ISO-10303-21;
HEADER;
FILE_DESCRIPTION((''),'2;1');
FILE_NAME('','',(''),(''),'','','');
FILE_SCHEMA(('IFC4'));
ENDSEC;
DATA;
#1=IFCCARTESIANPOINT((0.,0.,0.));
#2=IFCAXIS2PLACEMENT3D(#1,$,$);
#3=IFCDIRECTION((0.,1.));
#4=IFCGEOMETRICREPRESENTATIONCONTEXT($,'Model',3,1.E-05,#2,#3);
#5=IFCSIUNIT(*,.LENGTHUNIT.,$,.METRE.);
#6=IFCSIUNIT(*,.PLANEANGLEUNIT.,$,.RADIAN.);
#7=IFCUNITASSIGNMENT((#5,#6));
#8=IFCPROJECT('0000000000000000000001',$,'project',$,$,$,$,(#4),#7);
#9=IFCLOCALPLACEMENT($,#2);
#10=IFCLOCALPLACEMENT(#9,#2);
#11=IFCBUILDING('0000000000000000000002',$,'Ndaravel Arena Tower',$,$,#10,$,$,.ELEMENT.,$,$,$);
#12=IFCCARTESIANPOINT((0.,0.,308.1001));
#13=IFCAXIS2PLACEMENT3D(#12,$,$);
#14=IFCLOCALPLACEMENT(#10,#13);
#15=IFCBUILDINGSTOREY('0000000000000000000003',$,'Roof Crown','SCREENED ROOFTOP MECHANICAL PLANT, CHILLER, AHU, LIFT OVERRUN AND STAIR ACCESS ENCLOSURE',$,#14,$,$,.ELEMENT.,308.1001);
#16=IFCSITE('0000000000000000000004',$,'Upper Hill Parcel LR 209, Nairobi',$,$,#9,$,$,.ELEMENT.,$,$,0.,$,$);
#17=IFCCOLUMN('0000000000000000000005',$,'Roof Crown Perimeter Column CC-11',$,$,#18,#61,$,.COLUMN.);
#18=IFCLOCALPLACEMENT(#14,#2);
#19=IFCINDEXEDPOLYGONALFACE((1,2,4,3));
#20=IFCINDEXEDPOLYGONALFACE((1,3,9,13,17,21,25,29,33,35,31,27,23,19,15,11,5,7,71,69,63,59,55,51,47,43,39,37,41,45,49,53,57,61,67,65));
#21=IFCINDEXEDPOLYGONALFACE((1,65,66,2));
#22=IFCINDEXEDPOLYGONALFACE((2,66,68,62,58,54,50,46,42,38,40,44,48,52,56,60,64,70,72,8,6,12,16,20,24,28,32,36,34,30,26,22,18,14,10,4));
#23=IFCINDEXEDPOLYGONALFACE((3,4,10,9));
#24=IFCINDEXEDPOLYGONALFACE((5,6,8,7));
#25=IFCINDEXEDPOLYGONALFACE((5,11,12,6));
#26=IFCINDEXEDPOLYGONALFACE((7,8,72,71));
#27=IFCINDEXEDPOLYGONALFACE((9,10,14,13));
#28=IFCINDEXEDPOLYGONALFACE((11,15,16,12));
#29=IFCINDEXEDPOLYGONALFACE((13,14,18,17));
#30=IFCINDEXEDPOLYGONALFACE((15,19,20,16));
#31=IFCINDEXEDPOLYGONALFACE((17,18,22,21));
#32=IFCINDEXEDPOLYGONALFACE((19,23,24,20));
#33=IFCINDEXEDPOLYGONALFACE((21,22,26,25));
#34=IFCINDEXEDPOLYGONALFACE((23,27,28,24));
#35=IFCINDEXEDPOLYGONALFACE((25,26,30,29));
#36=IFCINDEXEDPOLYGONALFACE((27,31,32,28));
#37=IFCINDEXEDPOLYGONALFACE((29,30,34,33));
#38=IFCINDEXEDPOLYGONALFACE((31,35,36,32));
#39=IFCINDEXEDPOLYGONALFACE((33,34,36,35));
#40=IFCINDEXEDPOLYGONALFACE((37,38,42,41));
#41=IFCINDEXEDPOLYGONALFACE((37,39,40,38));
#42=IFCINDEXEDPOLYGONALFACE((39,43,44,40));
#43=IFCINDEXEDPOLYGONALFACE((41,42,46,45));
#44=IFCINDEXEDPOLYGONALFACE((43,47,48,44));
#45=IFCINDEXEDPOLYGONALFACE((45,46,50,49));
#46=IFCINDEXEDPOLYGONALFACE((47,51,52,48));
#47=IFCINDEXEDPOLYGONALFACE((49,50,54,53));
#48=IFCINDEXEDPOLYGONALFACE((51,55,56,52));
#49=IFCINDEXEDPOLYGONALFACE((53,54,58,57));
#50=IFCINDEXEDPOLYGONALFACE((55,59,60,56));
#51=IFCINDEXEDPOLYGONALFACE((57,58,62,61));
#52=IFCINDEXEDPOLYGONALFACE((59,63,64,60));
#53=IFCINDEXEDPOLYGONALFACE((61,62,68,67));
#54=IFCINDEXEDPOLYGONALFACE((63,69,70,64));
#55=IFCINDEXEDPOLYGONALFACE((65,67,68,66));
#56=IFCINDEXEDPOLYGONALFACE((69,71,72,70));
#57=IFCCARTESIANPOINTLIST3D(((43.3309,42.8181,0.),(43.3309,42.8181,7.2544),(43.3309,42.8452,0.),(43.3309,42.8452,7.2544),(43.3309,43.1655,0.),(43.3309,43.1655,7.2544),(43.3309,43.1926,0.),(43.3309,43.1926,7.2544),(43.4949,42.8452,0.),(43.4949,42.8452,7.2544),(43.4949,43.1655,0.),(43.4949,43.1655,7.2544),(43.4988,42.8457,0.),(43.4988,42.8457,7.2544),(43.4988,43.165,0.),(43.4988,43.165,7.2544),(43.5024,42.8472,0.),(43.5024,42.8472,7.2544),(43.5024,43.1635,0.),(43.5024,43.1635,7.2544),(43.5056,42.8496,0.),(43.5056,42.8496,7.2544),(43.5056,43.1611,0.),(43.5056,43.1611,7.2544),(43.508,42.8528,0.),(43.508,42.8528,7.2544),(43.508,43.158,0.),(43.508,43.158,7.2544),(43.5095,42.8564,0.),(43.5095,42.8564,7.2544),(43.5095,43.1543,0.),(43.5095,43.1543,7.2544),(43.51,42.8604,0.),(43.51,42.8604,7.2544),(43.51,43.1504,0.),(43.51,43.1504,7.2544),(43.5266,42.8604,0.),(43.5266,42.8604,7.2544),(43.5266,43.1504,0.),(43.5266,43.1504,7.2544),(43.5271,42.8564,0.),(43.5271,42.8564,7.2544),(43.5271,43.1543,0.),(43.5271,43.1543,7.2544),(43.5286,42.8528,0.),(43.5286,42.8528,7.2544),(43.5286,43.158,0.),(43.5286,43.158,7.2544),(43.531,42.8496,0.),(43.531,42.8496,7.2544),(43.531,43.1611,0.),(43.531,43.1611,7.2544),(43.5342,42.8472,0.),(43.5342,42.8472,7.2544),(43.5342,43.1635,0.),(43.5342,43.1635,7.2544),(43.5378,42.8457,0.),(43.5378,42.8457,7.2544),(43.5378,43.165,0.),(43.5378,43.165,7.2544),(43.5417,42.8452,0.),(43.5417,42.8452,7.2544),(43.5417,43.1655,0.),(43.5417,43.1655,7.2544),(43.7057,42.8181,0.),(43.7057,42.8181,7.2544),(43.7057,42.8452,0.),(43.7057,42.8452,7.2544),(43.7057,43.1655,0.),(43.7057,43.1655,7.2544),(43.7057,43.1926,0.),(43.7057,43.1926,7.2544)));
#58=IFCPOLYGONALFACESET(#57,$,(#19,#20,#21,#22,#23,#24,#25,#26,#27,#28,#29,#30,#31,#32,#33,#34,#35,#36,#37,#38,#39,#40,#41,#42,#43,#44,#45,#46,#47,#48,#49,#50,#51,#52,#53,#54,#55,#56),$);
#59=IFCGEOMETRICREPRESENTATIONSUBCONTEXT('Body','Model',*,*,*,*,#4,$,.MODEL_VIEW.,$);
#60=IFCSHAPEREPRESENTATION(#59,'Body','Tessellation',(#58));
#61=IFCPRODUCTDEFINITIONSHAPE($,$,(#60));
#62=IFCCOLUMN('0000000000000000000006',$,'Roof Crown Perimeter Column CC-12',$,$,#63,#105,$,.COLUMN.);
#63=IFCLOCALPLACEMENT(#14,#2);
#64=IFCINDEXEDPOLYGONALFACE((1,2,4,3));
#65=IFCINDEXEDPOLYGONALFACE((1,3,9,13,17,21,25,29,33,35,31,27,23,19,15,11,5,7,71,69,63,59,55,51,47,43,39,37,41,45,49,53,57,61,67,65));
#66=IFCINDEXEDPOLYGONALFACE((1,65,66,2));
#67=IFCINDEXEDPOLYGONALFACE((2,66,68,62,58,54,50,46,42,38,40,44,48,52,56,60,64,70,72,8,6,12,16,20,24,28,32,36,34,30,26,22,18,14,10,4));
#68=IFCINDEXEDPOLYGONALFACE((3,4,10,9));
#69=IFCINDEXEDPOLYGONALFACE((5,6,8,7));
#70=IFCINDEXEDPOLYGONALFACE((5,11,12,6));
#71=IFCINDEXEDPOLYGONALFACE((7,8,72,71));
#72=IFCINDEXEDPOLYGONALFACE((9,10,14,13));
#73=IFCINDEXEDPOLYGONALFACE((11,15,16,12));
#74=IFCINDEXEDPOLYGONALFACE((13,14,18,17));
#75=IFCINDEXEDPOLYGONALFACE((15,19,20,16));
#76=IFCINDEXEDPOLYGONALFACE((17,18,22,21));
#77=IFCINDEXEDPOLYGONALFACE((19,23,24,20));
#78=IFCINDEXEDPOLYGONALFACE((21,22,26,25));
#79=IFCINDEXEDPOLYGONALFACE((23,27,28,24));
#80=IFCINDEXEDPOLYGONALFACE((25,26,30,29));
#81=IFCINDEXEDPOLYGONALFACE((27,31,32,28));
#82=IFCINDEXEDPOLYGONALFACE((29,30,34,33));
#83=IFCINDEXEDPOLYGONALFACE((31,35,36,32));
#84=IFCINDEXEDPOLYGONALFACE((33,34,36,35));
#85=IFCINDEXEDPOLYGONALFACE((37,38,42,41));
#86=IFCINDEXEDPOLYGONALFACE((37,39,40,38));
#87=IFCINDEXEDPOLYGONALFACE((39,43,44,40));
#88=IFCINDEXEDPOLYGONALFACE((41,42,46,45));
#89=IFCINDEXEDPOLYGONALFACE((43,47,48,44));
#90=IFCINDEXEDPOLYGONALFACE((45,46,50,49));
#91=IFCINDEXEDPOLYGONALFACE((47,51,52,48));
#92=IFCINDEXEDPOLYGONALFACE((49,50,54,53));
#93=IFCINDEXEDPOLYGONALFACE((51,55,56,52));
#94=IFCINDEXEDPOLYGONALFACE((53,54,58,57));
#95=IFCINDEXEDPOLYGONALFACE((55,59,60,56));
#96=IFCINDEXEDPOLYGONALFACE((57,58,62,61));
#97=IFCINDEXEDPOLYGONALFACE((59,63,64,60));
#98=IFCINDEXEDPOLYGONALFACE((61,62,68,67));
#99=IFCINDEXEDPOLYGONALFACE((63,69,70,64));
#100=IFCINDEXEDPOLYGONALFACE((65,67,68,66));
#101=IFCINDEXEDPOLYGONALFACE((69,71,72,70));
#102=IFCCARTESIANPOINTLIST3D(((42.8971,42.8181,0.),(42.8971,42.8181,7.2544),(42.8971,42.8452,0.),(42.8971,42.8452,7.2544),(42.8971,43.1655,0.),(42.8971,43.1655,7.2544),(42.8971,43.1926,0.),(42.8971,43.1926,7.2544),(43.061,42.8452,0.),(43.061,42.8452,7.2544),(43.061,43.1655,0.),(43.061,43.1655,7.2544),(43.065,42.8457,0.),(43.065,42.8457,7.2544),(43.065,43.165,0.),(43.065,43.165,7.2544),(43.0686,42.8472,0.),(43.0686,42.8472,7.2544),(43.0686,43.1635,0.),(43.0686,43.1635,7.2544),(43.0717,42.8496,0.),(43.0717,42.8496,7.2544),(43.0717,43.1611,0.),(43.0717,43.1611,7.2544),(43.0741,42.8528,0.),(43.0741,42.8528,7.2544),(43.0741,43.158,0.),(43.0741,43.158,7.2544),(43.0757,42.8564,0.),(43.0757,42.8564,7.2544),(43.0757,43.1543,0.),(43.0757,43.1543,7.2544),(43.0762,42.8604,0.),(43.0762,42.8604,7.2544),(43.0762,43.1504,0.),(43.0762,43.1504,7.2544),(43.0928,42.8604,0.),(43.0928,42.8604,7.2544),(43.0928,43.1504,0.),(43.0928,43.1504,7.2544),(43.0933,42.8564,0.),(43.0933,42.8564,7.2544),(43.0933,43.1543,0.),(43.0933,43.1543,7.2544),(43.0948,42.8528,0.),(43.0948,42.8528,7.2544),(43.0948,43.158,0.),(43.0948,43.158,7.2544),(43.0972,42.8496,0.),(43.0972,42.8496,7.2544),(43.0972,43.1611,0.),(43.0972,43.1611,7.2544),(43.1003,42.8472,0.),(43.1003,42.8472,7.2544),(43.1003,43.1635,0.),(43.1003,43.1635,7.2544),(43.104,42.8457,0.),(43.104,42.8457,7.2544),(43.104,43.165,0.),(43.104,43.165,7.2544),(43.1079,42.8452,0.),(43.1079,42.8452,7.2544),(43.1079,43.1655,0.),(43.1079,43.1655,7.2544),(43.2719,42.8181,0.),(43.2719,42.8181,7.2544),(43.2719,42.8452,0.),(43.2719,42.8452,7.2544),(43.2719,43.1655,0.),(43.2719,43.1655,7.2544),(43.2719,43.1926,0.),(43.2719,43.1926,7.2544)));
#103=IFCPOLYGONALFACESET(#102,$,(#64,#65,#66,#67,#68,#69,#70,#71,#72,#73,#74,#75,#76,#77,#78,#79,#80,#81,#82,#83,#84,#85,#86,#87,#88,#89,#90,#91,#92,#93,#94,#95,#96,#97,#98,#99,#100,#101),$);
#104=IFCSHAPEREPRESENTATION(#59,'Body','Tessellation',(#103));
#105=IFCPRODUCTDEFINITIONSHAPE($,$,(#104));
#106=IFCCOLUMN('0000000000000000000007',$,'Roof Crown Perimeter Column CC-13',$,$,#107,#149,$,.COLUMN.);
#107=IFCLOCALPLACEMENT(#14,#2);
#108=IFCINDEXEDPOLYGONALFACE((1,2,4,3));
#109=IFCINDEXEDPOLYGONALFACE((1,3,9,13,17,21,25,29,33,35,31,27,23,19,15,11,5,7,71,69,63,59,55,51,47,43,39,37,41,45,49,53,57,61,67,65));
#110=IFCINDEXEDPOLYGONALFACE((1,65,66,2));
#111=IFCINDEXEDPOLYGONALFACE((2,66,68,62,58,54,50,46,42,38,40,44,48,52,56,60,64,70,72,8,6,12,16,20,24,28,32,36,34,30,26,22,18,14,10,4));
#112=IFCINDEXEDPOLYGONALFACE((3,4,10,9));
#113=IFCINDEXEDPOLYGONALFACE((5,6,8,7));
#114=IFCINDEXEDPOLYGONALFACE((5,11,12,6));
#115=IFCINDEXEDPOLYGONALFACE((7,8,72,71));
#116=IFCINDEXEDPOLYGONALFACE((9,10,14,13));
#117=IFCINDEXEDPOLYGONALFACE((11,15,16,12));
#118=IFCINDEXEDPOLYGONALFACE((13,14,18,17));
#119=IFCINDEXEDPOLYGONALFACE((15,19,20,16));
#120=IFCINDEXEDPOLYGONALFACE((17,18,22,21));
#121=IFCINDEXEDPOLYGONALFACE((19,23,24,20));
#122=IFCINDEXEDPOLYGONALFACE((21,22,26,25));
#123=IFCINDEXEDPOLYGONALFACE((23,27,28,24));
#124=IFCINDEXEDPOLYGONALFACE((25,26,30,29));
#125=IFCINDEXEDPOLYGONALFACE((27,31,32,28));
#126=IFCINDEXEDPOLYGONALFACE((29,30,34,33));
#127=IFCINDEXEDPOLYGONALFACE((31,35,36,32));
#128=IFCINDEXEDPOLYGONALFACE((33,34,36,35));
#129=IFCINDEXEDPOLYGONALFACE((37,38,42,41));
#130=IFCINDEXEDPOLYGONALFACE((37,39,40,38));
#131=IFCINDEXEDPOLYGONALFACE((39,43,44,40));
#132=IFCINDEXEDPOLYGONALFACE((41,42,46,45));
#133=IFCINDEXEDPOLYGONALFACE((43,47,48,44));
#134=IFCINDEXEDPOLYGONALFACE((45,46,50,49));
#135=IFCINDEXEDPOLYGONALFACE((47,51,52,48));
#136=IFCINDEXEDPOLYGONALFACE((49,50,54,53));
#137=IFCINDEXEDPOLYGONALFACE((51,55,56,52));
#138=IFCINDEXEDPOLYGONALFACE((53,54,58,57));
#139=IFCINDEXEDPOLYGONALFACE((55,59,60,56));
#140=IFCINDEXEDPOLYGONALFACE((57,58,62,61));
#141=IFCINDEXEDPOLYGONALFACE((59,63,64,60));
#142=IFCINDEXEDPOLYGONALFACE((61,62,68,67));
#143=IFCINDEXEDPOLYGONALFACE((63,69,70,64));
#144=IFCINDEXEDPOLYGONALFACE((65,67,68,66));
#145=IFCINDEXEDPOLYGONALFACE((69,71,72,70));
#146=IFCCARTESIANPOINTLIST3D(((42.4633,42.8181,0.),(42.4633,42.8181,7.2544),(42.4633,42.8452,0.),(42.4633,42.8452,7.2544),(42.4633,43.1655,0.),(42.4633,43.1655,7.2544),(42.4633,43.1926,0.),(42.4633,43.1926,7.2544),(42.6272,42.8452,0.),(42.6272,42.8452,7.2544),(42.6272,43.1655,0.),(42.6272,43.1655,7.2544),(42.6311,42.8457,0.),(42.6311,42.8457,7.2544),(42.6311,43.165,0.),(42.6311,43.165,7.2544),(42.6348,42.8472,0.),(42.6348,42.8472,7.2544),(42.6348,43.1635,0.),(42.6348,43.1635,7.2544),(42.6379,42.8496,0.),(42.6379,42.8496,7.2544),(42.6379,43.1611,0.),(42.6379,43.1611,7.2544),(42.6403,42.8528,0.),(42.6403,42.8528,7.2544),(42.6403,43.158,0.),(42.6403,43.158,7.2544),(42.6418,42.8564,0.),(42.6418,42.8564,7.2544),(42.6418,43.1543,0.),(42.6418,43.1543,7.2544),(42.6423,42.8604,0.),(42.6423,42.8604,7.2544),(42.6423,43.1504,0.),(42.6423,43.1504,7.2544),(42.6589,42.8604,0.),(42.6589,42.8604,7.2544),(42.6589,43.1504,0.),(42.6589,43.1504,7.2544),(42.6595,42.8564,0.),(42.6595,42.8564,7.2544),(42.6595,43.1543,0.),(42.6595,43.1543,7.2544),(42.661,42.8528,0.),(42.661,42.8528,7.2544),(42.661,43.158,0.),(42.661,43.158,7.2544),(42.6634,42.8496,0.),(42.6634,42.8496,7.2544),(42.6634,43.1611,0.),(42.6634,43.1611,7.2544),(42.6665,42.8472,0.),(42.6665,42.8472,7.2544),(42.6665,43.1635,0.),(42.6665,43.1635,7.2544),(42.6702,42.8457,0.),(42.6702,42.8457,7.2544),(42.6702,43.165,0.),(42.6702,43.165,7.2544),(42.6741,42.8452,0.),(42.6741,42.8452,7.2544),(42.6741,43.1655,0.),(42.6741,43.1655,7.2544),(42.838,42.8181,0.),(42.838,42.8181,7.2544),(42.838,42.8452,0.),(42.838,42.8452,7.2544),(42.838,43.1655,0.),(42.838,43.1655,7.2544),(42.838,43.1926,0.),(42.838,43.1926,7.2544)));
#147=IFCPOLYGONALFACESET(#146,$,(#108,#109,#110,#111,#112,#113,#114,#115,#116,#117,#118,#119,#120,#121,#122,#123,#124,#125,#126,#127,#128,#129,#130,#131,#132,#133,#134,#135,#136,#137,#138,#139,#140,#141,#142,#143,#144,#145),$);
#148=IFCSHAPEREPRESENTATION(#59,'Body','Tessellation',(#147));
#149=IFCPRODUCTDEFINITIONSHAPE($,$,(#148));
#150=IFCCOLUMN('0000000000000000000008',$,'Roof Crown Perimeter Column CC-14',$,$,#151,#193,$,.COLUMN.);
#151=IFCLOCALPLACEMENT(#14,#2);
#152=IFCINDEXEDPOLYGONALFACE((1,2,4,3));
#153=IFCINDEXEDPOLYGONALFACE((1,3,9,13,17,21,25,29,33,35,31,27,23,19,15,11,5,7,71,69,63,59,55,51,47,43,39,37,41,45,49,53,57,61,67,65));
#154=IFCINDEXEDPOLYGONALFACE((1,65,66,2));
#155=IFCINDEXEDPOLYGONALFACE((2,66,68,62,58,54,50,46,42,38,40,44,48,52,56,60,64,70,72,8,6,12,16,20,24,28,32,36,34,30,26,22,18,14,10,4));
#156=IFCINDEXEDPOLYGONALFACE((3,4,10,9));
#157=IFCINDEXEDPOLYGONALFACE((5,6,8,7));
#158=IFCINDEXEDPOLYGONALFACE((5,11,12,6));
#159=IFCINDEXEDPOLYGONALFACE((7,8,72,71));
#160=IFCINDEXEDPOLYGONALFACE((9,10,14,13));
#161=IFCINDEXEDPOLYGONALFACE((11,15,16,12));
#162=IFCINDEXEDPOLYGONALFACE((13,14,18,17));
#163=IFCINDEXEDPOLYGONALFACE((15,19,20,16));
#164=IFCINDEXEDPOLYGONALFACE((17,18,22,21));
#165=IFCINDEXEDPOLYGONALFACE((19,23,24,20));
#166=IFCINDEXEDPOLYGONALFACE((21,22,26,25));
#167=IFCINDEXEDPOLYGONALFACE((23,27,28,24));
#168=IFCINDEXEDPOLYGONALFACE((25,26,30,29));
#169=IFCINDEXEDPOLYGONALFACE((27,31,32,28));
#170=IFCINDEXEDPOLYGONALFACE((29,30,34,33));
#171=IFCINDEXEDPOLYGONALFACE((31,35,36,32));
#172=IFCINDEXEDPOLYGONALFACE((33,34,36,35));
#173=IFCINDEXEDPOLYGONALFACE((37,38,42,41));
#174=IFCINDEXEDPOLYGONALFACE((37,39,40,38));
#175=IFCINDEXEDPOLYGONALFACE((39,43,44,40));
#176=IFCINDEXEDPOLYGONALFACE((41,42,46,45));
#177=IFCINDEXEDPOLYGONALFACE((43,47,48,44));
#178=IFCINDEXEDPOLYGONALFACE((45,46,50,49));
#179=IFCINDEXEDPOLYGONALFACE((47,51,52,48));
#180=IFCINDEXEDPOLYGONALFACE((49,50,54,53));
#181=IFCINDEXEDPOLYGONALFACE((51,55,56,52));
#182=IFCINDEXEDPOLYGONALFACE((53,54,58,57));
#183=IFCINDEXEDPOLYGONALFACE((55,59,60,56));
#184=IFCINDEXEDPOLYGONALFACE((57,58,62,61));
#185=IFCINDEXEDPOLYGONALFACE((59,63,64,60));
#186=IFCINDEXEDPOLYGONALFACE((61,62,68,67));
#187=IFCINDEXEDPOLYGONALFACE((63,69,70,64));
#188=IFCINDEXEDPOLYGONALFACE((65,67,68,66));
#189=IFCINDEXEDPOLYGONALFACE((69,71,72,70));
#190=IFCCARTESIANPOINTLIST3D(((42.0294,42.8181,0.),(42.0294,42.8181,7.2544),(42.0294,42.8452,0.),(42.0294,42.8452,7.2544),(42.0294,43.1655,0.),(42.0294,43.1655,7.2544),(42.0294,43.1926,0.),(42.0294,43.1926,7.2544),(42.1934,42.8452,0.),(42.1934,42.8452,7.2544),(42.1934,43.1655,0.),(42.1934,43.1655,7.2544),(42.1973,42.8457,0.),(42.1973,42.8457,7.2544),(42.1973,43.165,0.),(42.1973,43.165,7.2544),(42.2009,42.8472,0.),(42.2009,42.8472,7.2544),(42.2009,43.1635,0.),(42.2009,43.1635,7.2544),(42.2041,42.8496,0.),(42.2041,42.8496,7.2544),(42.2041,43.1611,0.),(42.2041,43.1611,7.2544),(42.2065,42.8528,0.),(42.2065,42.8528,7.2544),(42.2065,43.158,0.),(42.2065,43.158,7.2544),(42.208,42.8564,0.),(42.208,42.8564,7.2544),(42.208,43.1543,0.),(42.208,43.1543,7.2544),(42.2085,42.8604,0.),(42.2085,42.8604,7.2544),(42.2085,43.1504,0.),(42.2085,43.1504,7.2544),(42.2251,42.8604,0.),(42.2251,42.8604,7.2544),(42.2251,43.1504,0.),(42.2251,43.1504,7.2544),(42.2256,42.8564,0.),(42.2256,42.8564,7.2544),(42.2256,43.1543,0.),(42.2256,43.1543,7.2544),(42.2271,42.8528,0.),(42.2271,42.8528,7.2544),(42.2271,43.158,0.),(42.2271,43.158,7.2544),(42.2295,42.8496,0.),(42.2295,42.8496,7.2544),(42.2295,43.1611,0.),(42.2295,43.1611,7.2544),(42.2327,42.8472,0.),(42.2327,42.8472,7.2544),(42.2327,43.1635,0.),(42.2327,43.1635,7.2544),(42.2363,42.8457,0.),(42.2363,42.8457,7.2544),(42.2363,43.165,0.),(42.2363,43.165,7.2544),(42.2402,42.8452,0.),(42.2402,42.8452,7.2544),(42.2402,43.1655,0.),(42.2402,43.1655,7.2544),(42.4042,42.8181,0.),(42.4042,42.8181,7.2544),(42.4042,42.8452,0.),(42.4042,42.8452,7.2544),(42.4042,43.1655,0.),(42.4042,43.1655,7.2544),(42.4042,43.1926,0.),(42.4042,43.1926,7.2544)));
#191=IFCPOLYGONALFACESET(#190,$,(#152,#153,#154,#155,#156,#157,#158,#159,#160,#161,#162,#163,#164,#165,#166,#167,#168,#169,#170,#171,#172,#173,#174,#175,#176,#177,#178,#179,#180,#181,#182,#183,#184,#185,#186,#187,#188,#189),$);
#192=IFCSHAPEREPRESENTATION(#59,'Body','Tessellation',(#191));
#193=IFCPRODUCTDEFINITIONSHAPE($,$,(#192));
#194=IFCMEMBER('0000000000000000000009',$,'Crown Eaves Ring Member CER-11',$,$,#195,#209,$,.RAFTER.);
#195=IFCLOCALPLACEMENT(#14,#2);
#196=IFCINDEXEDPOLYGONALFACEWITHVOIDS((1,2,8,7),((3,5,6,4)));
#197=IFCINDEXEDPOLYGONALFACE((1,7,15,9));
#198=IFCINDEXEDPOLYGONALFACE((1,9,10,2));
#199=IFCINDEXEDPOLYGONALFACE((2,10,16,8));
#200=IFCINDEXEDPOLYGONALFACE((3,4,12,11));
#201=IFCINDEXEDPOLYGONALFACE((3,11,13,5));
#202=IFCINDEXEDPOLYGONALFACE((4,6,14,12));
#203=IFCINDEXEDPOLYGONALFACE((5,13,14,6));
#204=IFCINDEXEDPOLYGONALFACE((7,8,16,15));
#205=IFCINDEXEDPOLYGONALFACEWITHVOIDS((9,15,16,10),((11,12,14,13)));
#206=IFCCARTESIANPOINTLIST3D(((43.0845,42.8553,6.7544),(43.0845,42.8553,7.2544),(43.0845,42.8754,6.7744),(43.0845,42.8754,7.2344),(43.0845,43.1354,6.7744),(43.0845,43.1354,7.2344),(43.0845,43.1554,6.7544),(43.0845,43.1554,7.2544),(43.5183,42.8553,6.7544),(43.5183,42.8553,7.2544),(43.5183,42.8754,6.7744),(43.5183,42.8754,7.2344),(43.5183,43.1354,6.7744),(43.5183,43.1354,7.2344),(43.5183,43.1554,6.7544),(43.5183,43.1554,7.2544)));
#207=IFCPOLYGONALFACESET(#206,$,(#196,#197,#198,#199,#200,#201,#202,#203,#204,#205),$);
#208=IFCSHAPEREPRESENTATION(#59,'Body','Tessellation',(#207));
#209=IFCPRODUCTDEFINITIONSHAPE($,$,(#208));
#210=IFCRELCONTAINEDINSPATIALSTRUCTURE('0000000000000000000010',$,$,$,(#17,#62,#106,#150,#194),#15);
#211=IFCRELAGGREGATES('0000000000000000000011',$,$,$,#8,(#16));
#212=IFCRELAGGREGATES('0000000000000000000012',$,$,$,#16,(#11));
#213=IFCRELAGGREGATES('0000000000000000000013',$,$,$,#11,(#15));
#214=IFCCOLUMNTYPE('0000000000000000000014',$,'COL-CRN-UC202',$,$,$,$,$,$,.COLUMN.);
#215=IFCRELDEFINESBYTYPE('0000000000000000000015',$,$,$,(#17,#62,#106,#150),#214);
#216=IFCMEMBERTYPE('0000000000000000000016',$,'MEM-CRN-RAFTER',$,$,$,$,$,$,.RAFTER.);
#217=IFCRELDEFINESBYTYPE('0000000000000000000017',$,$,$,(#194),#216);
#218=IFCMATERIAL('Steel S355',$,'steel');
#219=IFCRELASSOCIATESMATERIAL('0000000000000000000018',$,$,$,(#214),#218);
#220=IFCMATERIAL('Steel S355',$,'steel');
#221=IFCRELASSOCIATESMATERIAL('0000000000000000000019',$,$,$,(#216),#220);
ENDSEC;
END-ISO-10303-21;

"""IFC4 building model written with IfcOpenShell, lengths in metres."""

from ifc_helpers import new_model, si_unit, direction, frame, origin, origin_2d, place, context, subcontext, project, spatial, hollow_rectangle, i_section, extrude, material, material_profile, profile_set, type_object, element, save


model = new_model("IFC4")

# Units and contexts
model_context = context("Model", 3, precision=1e-05, world=origin(), true_north=direction((0.0, 1.0)))
body_context = subcontext(model_context, "Body", "Model", "MODEL_VIEW")
ifc_project = project(units=[si_unit("LENGTHUNIT", "METRE"), si_unit("PLANEANGLEUNIT", "RADIAN")], contexts=[model_context])

# Site, building, storey
site_placement = place(None, origin())
site = spatial("IfcSite", under=ifc_project, at=site_placement, Name="Upper Hill Parcel LR 209, Nairobi", CompositionType="ELEMENT", RefElevation=0.0)
building_placement = place(site_placement, origin())
building = spatial("IfcBuilding", under=site, at=building_placement, Name="Ndaravel Arena Tower", CompositionType="ELEMENT")
storey_placement = place(building_placement, frame((0.0, 0.0, 308.1001)))
storey = spatial("IfcBuildingStorey", under=building, at=storey_placement, Name="Roof Crown", Description="SCREENED ROOFTOP MECHANICAL PLANT, CHILLER, AHU, LIFT OVERRUN AND STAIR ACCESS ENCLOSURE", CompositionType="ELEMENT", Elevation=308.1001)

# Columns
ifc_material_1 = material(Name="Steel S355", Category="steel")
ifc_material_profile_1 = material_profile(ifc_material_1, i_section(OverallWidth=0.3748, OverallDepth=0.3745, WebThickness=0.0166, FlangeThickness=0.0271, FilletRadius=0.0151, at=origin_2d()), Name="UC 356x368x202")
ifc_profile_set_1 = profile_set([ifc_material_profile_1], Name="Steel S355")
column_type = type_object("IfcColumnType", Name="COL-CRN-UC202", PredefinedType="COLUMN", material=ifc_profile_set_1)
for number, where, z_axis, x_axis, name in (
    (1, (43.5183, 43.0054, 0.0), (0.0, 0.0, 1.0), (1.0, 0.0, 0.0), "Roof Crown Perimeter Column CC-11"),
    (2, (43.0845, 43.0054, 0.0), (0.0, 0.0, 1.0), (1.0, 0.0, 0.0), "Roof Crown Perimeter Column CC-12"),
    (3, (42.6506, 43.0054, 0.0), (0.0, 0.0, 1.0), (1.0, 0.0, 0.0), "Roof Crown Perimeter Column CC-13"),
    (4, (42.2168, 43.0054, 0.0), (0.0, 0.0, 1.0), (1.0, 0.0, 0.0), "Roof Crown Perimeter Column CC-14"),
):
    element("IfcColumn", number, at=place(storey_placement, frame(where, z_axis=z_axis, x_axis=x_axis)), inside=storey, type_object=column_type, Name=name, PredefinedType="COLUMN", context=body_context, shape_type="SweptSolid", body=[
        extrude(i_section(OverallWidth=0.3748, OverallDepth=0.3745, WebThickness=0.0166, FlangeThickness=0.0271, FilletRadius=0.0151, at=origin_2d()), origin(), (0.0, 0.0, 1.0), 7.2544),
    ])

# Member
ifc_material_2 = material(Name="Steel S355", Category="steel")
ifc_material_profile_2 = material_profile(ifc_material_2, hollow_rectangle(XDim=0.3, YDim=0.5, WallThickness=0.02, at=origin_2d()), Name="RHS 500x300x20")
ifc_profile_set_2 = profile_set([ifc_material_profile_2], Name="Steel S355")
member_type_1 = type_object("IfcMemberType", Name="MEM-CRN-RAFTER", PredefinedType="RAFTER", material=ifc_profile_set_2)
for number, where, z_axis, x_axis, name in (
    (5, (43.5183, 43.0054, 7.0044), (-1.0, 0.0, 0.0), (0.0, -1.0, 0.0), "Crown Eaves Ring Member CER-11"),
):
    element("IfcMember", number, at=place(storey_placement, frame(where, z_axis=z_axis, x_axis=x_axis)), inside=storey, type_object=member_type_1, Name=name, PredefinedType="RAFTER", context=body_context, shape_type="SweptSolid", body=[
        extrude(hollow_rectangle(XDim=0.3, YDim=0.5, WallThickness=0.02, at=origin_2d()), origin(), (0.0, 0.0, 1.0), 0.4338),
    ])

save(model, "model.ifc")
